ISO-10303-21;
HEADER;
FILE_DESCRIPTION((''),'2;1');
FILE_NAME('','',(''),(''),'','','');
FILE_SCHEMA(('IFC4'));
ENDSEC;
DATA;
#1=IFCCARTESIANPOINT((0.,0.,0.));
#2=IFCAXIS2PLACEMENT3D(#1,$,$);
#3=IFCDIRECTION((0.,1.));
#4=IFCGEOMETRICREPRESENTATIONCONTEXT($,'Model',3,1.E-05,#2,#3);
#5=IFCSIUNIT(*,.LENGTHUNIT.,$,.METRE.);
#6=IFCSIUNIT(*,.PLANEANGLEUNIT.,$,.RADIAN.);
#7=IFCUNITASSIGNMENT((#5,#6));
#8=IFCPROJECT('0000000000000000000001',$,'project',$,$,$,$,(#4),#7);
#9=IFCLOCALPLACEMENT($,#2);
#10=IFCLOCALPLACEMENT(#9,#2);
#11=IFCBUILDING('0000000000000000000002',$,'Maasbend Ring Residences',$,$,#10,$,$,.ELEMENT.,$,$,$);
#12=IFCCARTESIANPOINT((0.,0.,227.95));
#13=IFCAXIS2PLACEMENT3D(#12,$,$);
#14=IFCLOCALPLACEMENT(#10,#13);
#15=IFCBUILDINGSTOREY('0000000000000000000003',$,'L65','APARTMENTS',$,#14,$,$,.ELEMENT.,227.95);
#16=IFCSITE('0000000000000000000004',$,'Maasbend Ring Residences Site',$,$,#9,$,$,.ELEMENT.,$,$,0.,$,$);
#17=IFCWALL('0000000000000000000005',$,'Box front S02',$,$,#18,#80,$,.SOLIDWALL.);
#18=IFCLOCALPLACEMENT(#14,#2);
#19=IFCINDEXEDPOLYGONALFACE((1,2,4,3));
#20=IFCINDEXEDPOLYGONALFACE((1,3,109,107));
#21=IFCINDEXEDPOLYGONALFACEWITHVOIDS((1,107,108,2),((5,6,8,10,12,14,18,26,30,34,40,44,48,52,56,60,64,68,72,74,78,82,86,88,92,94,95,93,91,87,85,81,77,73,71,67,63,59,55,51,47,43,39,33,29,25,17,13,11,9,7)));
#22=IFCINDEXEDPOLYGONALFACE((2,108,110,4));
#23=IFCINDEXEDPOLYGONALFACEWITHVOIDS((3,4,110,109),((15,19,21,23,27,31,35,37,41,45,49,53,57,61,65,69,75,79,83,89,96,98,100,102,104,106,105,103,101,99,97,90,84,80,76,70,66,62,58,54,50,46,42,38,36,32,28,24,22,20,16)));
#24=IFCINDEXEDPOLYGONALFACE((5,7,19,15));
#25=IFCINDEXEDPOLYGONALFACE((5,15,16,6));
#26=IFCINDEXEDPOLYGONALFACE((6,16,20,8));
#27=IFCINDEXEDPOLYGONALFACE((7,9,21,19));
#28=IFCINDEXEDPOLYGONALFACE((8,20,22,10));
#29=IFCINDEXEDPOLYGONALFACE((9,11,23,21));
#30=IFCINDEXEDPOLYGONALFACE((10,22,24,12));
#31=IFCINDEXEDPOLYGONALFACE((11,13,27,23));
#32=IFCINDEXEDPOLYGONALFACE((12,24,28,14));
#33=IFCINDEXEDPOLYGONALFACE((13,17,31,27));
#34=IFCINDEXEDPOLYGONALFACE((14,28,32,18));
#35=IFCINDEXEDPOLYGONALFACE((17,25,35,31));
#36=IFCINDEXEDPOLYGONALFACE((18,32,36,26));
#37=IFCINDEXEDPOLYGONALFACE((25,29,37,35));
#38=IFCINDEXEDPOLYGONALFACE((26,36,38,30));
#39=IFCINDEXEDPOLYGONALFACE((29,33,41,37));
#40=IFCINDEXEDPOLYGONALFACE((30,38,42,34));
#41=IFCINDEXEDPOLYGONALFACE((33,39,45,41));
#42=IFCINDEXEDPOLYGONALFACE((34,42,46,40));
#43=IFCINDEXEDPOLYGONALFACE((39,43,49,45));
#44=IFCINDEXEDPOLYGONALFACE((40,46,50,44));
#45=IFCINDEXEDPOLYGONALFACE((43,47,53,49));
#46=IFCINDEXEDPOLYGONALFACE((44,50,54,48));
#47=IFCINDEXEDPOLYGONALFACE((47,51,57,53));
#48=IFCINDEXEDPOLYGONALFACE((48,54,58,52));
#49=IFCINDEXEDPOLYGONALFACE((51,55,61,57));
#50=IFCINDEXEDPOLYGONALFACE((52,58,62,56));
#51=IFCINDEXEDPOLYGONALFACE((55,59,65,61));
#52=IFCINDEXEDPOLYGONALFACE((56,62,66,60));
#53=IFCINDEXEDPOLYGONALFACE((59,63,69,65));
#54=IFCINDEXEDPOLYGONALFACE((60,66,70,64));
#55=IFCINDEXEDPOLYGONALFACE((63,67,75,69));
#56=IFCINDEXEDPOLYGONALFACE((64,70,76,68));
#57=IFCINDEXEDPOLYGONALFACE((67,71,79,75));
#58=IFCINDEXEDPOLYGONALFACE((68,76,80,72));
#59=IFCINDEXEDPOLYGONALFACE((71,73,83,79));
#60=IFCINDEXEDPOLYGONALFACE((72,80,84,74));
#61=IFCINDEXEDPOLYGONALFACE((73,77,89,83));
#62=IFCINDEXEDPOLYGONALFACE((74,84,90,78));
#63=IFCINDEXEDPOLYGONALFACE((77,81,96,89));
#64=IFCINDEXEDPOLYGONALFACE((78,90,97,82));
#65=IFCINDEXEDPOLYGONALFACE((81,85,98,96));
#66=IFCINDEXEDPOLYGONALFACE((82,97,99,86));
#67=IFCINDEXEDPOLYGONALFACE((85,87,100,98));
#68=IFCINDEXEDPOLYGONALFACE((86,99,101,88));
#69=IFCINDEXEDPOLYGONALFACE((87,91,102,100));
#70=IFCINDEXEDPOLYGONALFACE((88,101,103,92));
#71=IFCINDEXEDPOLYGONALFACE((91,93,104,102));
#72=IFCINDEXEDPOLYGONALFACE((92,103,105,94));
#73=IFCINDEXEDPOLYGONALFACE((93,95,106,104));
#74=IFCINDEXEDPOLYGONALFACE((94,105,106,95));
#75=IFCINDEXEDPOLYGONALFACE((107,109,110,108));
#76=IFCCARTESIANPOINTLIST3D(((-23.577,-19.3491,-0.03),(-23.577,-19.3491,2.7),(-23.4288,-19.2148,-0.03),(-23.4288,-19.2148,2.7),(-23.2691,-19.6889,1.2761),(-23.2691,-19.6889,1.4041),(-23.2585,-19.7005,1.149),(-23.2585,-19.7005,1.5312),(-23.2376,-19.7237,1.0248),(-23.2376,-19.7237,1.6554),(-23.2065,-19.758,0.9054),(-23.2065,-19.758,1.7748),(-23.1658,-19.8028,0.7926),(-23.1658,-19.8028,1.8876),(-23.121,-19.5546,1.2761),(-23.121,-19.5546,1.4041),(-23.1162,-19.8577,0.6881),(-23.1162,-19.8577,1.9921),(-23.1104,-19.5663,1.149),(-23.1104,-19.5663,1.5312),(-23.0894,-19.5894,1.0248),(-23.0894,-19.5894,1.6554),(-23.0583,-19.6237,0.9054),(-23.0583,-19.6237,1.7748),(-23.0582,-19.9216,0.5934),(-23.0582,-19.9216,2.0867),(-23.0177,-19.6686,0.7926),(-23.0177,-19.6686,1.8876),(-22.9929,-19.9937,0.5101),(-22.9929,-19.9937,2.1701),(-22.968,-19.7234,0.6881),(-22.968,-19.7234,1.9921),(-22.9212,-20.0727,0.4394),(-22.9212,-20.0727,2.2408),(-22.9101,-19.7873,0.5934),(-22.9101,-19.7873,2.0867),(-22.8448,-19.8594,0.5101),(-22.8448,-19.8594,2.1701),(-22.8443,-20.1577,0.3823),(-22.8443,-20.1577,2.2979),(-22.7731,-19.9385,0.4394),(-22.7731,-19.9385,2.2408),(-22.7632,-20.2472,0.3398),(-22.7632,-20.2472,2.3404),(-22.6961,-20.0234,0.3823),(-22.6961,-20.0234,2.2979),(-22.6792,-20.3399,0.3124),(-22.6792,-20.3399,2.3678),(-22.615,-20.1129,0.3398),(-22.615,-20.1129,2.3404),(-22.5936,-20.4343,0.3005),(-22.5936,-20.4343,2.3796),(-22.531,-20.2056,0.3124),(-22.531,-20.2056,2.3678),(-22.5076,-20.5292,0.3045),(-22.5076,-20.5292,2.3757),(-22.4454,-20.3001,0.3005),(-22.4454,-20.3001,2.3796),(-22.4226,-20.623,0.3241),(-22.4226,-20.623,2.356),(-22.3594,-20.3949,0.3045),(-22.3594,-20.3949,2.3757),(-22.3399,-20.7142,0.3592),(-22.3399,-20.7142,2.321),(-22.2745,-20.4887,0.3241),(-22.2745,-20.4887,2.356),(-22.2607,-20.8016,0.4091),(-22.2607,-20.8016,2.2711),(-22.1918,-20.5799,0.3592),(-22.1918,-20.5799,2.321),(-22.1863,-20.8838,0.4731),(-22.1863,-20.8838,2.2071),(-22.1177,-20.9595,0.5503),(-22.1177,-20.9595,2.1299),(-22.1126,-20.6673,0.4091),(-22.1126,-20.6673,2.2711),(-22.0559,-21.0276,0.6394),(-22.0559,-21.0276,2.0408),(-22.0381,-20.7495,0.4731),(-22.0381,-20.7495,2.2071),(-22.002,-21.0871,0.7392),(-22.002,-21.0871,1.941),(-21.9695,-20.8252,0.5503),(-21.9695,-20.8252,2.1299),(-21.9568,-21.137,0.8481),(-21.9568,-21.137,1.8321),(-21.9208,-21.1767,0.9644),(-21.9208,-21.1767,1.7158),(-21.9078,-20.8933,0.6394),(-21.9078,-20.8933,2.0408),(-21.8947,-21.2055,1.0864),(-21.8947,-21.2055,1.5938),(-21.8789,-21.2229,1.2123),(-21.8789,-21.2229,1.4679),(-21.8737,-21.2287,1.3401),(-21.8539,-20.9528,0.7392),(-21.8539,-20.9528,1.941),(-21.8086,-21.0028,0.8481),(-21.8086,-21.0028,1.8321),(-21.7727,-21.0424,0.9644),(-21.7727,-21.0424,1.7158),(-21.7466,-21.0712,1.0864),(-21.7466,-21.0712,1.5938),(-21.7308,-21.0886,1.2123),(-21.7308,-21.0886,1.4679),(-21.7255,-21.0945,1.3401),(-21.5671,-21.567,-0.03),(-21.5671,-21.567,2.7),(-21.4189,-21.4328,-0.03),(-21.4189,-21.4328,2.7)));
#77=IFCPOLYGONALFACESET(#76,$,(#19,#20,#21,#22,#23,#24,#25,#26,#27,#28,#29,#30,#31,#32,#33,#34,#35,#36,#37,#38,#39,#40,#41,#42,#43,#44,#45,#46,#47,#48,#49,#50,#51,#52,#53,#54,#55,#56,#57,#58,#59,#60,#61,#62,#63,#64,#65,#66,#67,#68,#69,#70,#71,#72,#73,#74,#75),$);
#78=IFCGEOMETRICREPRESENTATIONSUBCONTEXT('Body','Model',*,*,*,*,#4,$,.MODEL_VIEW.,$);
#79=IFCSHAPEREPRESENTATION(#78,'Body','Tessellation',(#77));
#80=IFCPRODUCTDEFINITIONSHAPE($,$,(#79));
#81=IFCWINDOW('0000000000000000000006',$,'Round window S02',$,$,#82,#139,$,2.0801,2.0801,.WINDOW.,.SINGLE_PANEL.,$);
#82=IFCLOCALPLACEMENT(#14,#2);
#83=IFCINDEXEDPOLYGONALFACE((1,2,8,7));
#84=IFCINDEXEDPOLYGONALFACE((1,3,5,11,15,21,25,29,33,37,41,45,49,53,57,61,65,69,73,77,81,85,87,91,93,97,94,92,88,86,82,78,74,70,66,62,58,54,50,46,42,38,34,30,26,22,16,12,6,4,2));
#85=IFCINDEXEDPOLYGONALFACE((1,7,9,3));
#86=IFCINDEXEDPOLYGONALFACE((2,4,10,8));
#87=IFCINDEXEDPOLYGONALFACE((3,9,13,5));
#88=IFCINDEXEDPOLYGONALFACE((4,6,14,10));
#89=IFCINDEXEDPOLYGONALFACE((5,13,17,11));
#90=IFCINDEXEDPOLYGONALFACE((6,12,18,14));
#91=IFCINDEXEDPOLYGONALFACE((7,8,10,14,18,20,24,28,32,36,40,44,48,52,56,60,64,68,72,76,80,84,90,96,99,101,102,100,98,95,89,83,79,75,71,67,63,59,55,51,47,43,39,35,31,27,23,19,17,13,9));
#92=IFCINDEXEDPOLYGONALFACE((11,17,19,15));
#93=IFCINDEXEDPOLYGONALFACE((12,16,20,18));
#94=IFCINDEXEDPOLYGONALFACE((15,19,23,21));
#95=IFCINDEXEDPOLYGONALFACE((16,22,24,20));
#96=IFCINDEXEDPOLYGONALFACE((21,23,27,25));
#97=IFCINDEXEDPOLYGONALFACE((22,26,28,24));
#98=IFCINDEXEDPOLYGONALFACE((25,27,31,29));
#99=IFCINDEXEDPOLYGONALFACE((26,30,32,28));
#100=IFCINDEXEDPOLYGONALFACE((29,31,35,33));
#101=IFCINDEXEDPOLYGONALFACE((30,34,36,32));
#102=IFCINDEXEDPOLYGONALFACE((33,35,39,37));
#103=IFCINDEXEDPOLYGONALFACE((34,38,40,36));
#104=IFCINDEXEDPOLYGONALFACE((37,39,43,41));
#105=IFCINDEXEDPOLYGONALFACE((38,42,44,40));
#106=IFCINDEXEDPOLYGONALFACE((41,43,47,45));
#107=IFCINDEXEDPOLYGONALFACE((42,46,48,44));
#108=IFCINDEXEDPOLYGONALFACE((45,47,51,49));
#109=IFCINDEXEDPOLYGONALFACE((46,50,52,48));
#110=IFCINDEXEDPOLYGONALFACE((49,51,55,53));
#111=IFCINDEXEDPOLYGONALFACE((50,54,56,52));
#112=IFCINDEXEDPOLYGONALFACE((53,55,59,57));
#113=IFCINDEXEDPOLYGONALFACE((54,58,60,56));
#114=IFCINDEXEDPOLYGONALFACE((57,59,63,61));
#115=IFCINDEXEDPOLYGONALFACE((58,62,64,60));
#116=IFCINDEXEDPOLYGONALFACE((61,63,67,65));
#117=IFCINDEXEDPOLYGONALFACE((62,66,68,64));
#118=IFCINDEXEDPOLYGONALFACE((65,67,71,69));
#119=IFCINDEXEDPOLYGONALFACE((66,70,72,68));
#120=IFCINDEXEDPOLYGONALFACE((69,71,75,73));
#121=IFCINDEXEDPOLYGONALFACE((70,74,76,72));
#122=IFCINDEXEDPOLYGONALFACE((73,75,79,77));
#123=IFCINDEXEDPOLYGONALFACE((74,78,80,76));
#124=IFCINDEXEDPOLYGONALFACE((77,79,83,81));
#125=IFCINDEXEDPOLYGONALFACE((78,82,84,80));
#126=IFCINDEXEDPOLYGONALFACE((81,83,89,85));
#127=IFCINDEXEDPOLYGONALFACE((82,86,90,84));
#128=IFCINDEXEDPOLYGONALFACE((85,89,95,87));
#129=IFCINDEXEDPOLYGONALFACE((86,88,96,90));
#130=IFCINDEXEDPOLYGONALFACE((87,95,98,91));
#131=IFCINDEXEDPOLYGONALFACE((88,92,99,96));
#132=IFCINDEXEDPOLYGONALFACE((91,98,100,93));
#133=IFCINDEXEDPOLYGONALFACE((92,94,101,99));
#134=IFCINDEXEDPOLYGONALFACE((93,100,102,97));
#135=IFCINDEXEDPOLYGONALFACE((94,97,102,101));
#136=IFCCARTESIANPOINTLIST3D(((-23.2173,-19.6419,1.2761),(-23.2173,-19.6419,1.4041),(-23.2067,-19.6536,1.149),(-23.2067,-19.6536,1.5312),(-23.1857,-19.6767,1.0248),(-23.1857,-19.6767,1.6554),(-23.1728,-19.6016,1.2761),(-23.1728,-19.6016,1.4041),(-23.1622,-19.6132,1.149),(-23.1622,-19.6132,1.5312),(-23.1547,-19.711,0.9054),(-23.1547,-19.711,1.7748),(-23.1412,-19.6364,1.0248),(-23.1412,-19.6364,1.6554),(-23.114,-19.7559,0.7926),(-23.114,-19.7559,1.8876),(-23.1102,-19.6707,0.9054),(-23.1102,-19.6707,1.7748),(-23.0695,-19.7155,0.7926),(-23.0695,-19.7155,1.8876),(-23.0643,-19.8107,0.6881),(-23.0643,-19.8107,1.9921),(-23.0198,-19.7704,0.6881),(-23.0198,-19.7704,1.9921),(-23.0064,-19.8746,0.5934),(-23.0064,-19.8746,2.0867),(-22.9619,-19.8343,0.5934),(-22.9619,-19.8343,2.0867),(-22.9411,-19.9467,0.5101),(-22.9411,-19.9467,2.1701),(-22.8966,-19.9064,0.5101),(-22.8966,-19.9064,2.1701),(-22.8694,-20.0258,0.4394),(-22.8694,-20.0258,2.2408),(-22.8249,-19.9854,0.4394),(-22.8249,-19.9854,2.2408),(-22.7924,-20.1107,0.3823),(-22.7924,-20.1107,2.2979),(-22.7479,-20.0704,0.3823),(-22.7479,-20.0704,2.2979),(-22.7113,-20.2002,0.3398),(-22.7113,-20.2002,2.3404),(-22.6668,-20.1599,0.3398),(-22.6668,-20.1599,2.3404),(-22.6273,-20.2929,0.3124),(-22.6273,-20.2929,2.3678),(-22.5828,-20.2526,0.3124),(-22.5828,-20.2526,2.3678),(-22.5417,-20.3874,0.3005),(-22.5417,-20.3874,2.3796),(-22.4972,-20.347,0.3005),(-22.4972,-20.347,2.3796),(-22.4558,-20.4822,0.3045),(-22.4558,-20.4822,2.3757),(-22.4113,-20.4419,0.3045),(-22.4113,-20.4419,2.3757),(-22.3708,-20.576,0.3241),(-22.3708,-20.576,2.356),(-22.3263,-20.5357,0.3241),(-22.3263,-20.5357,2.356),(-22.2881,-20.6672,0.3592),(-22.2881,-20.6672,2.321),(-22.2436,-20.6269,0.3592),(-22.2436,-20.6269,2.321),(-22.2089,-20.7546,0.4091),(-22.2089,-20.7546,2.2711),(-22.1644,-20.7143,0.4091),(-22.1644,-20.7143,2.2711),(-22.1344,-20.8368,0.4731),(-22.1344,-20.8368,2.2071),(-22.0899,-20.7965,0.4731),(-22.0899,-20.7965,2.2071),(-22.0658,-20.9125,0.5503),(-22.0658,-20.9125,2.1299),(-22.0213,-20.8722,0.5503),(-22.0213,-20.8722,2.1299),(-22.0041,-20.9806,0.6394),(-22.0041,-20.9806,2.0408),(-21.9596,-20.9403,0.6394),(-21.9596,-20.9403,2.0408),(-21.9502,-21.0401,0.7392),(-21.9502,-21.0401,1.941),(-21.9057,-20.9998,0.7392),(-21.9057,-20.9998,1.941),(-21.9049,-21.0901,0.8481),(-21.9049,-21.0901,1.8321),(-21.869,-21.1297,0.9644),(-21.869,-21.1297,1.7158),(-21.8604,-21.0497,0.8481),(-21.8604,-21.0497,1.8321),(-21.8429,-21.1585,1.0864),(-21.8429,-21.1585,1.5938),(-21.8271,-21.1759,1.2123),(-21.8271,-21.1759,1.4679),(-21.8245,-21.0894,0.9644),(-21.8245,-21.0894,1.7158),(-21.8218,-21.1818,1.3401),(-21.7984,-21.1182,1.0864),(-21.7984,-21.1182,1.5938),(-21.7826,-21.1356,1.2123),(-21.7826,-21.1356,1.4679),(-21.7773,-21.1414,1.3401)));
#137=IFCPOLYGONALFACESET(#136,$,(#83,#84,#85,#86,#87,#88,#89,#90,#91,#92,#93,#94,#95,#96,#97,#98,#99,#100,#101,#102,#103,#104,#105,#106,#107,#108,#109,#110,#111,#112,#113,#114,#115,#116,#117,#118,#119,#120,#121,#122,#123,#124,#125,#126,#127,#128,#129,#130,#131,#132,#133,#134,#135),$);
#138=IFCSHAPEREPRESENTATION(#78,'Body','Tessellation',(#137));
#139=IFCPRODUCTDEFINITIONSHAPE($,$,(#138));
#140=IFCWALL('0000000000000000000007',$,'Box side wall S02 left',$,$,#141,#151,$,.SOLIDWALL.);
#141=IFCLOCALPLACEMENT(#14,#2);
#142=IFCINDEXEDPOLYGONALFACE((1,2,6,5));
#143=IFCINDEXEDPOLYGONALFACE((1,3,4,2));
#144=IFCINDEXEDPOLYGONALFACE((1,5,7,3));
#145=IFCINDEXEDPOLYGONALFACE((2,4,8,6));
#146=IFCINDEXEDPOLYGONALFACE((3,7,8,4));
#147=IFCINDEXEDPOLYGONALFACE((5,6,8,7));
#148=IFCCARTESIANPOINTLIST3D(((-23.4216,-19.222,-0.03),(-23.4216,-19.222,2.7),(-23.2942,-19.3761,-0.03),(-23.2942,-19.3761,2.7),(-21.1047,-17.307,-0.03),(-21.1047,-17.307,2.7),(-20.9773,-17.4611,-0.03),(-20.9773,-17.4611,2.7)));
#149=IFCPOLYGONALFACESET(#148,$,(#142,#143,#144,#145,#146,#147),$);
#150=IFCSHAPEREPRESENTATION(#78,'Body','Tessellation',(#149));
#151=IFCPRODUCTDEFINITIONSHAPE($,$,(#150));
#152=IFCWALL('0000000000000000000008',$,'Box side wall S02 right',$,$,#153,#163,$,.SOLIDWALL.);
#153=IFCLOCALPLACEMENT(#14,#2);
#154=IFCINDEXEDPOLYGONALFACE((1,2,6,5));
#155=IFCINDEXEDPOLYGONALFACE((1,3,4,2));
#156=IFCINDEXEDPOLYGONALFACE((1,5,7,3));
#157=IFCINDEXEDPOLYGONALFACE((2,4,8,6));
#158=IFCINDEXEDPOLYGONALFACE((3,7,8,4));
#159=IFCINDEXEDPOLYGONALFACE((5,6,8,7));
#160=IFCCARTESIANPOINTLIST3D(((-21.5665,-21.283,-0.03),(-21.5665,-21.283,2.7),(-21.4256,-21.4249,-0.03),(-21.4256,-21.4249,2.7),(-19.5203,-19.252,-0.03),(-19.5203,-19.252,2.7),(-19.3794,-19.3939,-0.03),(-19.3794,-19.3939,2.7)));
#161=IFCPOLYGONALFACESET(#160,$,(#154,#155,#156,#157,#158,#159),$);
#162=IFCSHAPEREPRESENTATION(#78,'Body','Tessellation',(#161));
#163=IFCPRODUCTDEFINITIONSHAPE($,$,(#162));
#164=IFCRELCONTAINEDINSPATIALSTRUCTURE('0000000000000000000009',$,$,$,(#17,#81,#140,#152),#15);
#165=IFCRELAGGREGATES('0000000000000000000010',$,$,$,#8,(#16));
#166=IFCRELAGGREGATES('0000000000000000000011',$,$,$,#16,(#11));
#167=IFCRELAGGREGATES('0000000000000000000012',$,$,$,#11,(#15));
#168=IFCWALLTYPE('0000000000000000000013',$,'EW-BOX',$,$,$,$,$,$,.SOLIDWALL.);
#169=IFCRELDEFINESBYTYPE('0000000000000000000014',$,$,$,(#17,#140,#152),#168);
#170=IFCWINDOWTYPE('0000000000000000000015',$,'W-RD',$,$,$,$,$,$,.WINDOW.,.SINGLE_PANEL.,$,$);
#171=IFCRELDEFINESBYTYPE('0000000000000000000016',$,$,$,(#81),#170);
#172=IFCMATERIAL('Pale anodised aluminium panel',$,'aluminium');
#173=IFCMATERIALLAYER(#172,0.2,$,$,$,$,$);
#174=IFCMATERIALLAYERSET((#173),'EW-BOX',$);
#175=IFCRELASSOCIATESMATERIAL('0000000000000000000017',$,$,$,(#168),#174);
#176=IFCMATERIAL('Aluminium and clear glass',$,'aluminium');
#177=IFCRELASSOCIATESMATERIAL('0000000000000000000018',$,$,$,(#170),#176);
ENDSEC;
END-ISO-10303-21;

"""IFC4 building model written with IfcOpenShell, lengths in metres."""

from ifc_helpers import new_model, si_unit, direction, frame, frame_2d, origin, place, context, subcontext, project, spatial, rectangle, circle, extrude, material, layer, layer_set, type_object, element, fill, save


model = new_model("IFC4")

# Units and contexts
model_context = context("Model", 3, precision=1e-05, world=origin(), true_north=direction((0.0, 1.0)))
body_context = subcontext(model_context, "Body", "Model", "MODEL_VIEW")
ifc_project = project(units=[si_unit("LENGTHUNIT", "METRE"), si_unit("PLANEANGLEUNIT", "RADIAN")], contexts=[model_context])

# Site, building, storey
site_placement = place(None, origin())
site = spatial("IfcSite", under=ifc_project, at=site_placement, Name="Maasbend Ring Residences Site", CompositionType="ELEMENT", RefElevation=0.0)
building_placement = place(site_placement, origin())
building = spatial("IfcBuilding", under=site, at=building_placement, Name="Maasbend Ring Residences", CompositionType="ELEMENT")
storey_placement = place(building_placement, frame((0.0, 0.0, 227.95)))
storey = spatial("IfcBuildingStorey", under=building, at=storey_placement, Name="L65", Description="APARTMENTS", CompositionType="ELEMENT", Elevation=227.95)

# Wall, opening, window
ifc_material_1 = material(Name="Pale anodised aluminium panel", Category="aluminium")
ifc_layer_1 = layer(ifc_material_1, 0.2)
ifc_layer_set_1 = layer_set([ifc_layer_1], Name="EW-BOX")
wall_type_1 = type_object("IfcWallType", Name="EW-BOX", PredefinedType="SOLIDWALL", material=ifc_layer_set_1)
wall_1_placement = place(storey_placement, frame((-23.5029, -19.282, -0.03), z_axis=(0.0, 0.0, 1.0), x_axis=(0.671507, -0.740998, 0.0)))
wall_1 = element("IfcWall", 1, at=wall_1_placement, inside=storey, type_object=wall_type_1, Name="Box front S02", PredefinedType="SOLIDWALL", context=body_context, shape_type="SweptSolid", body=[
    extrude(rectangle(XDim=2.9932, YDim=0.2, at=frame_2d((1.4966, 0.0))), origin(), (0.0, 0.0, 1.0), 2.73),
])
opening_1_placement = place(wall_1_placement, frame((0.4565, 0.0, 0.3301)))
opening_1 = element("IfcOpeningElement", 2, at=opening_1_placement, cuts=wall_1, PredefinedType="OPENING", context=body_context, shape_type="SweptSolid", body=[
    extrude(circle(Radius=1.04, at=frame_2d((1.04, 1.04))), frame((0.0, 0.1099, 0.0), z_axis=(0.0, -1.0, 0.0), x_axis=(1.0, 0.0, 0.0)), (0.0, 0.0, 1.0), 0.22),
])
ifc_material_2 = material(Name="Aluminium and clear glass", Category="aluminium")
window_type_1 = type_object("IfcWindowType", Name="W-RD", PartitioningType="SINGLE_PANEL", PredefinedType="WINDOW", material=ifc_material_2)
window_1_placement = place(opening_1_placement, origin())
window_1 = element("IfcWindow", 3, at=window_1_placement, inside=storey, type_object=window_type_1, Name="Round window S02", OverallHeight=2.0801, OverallWidth=2.0801, PartitioningType="SINGLE_PANEL", PredefinedType="WINDOW", context=body_context, shape_type="SweptSolid", body=[
    extrude(circle(Radius=1.04, at=frame_2d((1.04, 1.04))), frame((0.0, 0.03, 0.0), z_axis=(0.0, -1.0, 0.0), x_axis=(1.0, 0.0, 0.0)), (0.0, 0.0, 1.0), 0.0601),
])
fill(opening_1, window_1)

# Walls
wall_2_placement = place(storey_placement, frame((-21.041, -17.384, -0.03), z_axis=(0.0, 0.0, 1.0), x_axis=(-0.770785, -0.637096, 0.0)))
element("IfcWall", 4, at=wall_2_placement, inside=storey, type_object=wall_type_1, Name="Box side wall S02 left", PredefinedType="SOLIDWALL", context=body_context, shape_type="SweptSolid", body=[
    extrude(rectangle(XDim=3.0059, YDim=0.2, at=frame_2d((1.5029, 0.0))), origin(), (0.0, 0.0, 1.0), 2.73),
])
wall_3_placement = place(storey_placement, frame((-19.45, -19.323, -0.03), z_axis=(0.0, 0.0, 1.0), x_axis=(-0.709727, -0.704477, 0.0)))
element("IfcWall", 5, at=wall_3_placement, inside=storey, type_object=wall_type_1, Name="Box side wall S02 right", PredefinedType="SOLIDWALL", context=body_context, shape_type="SweptSolid", body=[
    extrude(rectangle(XDim=2.8831, YDim=0.2, at=frame_2d((1.4414, 0.0))), origin(), (0.0, 0.0, 1.0), 2.73),
])

save(model, "model.ifc")
